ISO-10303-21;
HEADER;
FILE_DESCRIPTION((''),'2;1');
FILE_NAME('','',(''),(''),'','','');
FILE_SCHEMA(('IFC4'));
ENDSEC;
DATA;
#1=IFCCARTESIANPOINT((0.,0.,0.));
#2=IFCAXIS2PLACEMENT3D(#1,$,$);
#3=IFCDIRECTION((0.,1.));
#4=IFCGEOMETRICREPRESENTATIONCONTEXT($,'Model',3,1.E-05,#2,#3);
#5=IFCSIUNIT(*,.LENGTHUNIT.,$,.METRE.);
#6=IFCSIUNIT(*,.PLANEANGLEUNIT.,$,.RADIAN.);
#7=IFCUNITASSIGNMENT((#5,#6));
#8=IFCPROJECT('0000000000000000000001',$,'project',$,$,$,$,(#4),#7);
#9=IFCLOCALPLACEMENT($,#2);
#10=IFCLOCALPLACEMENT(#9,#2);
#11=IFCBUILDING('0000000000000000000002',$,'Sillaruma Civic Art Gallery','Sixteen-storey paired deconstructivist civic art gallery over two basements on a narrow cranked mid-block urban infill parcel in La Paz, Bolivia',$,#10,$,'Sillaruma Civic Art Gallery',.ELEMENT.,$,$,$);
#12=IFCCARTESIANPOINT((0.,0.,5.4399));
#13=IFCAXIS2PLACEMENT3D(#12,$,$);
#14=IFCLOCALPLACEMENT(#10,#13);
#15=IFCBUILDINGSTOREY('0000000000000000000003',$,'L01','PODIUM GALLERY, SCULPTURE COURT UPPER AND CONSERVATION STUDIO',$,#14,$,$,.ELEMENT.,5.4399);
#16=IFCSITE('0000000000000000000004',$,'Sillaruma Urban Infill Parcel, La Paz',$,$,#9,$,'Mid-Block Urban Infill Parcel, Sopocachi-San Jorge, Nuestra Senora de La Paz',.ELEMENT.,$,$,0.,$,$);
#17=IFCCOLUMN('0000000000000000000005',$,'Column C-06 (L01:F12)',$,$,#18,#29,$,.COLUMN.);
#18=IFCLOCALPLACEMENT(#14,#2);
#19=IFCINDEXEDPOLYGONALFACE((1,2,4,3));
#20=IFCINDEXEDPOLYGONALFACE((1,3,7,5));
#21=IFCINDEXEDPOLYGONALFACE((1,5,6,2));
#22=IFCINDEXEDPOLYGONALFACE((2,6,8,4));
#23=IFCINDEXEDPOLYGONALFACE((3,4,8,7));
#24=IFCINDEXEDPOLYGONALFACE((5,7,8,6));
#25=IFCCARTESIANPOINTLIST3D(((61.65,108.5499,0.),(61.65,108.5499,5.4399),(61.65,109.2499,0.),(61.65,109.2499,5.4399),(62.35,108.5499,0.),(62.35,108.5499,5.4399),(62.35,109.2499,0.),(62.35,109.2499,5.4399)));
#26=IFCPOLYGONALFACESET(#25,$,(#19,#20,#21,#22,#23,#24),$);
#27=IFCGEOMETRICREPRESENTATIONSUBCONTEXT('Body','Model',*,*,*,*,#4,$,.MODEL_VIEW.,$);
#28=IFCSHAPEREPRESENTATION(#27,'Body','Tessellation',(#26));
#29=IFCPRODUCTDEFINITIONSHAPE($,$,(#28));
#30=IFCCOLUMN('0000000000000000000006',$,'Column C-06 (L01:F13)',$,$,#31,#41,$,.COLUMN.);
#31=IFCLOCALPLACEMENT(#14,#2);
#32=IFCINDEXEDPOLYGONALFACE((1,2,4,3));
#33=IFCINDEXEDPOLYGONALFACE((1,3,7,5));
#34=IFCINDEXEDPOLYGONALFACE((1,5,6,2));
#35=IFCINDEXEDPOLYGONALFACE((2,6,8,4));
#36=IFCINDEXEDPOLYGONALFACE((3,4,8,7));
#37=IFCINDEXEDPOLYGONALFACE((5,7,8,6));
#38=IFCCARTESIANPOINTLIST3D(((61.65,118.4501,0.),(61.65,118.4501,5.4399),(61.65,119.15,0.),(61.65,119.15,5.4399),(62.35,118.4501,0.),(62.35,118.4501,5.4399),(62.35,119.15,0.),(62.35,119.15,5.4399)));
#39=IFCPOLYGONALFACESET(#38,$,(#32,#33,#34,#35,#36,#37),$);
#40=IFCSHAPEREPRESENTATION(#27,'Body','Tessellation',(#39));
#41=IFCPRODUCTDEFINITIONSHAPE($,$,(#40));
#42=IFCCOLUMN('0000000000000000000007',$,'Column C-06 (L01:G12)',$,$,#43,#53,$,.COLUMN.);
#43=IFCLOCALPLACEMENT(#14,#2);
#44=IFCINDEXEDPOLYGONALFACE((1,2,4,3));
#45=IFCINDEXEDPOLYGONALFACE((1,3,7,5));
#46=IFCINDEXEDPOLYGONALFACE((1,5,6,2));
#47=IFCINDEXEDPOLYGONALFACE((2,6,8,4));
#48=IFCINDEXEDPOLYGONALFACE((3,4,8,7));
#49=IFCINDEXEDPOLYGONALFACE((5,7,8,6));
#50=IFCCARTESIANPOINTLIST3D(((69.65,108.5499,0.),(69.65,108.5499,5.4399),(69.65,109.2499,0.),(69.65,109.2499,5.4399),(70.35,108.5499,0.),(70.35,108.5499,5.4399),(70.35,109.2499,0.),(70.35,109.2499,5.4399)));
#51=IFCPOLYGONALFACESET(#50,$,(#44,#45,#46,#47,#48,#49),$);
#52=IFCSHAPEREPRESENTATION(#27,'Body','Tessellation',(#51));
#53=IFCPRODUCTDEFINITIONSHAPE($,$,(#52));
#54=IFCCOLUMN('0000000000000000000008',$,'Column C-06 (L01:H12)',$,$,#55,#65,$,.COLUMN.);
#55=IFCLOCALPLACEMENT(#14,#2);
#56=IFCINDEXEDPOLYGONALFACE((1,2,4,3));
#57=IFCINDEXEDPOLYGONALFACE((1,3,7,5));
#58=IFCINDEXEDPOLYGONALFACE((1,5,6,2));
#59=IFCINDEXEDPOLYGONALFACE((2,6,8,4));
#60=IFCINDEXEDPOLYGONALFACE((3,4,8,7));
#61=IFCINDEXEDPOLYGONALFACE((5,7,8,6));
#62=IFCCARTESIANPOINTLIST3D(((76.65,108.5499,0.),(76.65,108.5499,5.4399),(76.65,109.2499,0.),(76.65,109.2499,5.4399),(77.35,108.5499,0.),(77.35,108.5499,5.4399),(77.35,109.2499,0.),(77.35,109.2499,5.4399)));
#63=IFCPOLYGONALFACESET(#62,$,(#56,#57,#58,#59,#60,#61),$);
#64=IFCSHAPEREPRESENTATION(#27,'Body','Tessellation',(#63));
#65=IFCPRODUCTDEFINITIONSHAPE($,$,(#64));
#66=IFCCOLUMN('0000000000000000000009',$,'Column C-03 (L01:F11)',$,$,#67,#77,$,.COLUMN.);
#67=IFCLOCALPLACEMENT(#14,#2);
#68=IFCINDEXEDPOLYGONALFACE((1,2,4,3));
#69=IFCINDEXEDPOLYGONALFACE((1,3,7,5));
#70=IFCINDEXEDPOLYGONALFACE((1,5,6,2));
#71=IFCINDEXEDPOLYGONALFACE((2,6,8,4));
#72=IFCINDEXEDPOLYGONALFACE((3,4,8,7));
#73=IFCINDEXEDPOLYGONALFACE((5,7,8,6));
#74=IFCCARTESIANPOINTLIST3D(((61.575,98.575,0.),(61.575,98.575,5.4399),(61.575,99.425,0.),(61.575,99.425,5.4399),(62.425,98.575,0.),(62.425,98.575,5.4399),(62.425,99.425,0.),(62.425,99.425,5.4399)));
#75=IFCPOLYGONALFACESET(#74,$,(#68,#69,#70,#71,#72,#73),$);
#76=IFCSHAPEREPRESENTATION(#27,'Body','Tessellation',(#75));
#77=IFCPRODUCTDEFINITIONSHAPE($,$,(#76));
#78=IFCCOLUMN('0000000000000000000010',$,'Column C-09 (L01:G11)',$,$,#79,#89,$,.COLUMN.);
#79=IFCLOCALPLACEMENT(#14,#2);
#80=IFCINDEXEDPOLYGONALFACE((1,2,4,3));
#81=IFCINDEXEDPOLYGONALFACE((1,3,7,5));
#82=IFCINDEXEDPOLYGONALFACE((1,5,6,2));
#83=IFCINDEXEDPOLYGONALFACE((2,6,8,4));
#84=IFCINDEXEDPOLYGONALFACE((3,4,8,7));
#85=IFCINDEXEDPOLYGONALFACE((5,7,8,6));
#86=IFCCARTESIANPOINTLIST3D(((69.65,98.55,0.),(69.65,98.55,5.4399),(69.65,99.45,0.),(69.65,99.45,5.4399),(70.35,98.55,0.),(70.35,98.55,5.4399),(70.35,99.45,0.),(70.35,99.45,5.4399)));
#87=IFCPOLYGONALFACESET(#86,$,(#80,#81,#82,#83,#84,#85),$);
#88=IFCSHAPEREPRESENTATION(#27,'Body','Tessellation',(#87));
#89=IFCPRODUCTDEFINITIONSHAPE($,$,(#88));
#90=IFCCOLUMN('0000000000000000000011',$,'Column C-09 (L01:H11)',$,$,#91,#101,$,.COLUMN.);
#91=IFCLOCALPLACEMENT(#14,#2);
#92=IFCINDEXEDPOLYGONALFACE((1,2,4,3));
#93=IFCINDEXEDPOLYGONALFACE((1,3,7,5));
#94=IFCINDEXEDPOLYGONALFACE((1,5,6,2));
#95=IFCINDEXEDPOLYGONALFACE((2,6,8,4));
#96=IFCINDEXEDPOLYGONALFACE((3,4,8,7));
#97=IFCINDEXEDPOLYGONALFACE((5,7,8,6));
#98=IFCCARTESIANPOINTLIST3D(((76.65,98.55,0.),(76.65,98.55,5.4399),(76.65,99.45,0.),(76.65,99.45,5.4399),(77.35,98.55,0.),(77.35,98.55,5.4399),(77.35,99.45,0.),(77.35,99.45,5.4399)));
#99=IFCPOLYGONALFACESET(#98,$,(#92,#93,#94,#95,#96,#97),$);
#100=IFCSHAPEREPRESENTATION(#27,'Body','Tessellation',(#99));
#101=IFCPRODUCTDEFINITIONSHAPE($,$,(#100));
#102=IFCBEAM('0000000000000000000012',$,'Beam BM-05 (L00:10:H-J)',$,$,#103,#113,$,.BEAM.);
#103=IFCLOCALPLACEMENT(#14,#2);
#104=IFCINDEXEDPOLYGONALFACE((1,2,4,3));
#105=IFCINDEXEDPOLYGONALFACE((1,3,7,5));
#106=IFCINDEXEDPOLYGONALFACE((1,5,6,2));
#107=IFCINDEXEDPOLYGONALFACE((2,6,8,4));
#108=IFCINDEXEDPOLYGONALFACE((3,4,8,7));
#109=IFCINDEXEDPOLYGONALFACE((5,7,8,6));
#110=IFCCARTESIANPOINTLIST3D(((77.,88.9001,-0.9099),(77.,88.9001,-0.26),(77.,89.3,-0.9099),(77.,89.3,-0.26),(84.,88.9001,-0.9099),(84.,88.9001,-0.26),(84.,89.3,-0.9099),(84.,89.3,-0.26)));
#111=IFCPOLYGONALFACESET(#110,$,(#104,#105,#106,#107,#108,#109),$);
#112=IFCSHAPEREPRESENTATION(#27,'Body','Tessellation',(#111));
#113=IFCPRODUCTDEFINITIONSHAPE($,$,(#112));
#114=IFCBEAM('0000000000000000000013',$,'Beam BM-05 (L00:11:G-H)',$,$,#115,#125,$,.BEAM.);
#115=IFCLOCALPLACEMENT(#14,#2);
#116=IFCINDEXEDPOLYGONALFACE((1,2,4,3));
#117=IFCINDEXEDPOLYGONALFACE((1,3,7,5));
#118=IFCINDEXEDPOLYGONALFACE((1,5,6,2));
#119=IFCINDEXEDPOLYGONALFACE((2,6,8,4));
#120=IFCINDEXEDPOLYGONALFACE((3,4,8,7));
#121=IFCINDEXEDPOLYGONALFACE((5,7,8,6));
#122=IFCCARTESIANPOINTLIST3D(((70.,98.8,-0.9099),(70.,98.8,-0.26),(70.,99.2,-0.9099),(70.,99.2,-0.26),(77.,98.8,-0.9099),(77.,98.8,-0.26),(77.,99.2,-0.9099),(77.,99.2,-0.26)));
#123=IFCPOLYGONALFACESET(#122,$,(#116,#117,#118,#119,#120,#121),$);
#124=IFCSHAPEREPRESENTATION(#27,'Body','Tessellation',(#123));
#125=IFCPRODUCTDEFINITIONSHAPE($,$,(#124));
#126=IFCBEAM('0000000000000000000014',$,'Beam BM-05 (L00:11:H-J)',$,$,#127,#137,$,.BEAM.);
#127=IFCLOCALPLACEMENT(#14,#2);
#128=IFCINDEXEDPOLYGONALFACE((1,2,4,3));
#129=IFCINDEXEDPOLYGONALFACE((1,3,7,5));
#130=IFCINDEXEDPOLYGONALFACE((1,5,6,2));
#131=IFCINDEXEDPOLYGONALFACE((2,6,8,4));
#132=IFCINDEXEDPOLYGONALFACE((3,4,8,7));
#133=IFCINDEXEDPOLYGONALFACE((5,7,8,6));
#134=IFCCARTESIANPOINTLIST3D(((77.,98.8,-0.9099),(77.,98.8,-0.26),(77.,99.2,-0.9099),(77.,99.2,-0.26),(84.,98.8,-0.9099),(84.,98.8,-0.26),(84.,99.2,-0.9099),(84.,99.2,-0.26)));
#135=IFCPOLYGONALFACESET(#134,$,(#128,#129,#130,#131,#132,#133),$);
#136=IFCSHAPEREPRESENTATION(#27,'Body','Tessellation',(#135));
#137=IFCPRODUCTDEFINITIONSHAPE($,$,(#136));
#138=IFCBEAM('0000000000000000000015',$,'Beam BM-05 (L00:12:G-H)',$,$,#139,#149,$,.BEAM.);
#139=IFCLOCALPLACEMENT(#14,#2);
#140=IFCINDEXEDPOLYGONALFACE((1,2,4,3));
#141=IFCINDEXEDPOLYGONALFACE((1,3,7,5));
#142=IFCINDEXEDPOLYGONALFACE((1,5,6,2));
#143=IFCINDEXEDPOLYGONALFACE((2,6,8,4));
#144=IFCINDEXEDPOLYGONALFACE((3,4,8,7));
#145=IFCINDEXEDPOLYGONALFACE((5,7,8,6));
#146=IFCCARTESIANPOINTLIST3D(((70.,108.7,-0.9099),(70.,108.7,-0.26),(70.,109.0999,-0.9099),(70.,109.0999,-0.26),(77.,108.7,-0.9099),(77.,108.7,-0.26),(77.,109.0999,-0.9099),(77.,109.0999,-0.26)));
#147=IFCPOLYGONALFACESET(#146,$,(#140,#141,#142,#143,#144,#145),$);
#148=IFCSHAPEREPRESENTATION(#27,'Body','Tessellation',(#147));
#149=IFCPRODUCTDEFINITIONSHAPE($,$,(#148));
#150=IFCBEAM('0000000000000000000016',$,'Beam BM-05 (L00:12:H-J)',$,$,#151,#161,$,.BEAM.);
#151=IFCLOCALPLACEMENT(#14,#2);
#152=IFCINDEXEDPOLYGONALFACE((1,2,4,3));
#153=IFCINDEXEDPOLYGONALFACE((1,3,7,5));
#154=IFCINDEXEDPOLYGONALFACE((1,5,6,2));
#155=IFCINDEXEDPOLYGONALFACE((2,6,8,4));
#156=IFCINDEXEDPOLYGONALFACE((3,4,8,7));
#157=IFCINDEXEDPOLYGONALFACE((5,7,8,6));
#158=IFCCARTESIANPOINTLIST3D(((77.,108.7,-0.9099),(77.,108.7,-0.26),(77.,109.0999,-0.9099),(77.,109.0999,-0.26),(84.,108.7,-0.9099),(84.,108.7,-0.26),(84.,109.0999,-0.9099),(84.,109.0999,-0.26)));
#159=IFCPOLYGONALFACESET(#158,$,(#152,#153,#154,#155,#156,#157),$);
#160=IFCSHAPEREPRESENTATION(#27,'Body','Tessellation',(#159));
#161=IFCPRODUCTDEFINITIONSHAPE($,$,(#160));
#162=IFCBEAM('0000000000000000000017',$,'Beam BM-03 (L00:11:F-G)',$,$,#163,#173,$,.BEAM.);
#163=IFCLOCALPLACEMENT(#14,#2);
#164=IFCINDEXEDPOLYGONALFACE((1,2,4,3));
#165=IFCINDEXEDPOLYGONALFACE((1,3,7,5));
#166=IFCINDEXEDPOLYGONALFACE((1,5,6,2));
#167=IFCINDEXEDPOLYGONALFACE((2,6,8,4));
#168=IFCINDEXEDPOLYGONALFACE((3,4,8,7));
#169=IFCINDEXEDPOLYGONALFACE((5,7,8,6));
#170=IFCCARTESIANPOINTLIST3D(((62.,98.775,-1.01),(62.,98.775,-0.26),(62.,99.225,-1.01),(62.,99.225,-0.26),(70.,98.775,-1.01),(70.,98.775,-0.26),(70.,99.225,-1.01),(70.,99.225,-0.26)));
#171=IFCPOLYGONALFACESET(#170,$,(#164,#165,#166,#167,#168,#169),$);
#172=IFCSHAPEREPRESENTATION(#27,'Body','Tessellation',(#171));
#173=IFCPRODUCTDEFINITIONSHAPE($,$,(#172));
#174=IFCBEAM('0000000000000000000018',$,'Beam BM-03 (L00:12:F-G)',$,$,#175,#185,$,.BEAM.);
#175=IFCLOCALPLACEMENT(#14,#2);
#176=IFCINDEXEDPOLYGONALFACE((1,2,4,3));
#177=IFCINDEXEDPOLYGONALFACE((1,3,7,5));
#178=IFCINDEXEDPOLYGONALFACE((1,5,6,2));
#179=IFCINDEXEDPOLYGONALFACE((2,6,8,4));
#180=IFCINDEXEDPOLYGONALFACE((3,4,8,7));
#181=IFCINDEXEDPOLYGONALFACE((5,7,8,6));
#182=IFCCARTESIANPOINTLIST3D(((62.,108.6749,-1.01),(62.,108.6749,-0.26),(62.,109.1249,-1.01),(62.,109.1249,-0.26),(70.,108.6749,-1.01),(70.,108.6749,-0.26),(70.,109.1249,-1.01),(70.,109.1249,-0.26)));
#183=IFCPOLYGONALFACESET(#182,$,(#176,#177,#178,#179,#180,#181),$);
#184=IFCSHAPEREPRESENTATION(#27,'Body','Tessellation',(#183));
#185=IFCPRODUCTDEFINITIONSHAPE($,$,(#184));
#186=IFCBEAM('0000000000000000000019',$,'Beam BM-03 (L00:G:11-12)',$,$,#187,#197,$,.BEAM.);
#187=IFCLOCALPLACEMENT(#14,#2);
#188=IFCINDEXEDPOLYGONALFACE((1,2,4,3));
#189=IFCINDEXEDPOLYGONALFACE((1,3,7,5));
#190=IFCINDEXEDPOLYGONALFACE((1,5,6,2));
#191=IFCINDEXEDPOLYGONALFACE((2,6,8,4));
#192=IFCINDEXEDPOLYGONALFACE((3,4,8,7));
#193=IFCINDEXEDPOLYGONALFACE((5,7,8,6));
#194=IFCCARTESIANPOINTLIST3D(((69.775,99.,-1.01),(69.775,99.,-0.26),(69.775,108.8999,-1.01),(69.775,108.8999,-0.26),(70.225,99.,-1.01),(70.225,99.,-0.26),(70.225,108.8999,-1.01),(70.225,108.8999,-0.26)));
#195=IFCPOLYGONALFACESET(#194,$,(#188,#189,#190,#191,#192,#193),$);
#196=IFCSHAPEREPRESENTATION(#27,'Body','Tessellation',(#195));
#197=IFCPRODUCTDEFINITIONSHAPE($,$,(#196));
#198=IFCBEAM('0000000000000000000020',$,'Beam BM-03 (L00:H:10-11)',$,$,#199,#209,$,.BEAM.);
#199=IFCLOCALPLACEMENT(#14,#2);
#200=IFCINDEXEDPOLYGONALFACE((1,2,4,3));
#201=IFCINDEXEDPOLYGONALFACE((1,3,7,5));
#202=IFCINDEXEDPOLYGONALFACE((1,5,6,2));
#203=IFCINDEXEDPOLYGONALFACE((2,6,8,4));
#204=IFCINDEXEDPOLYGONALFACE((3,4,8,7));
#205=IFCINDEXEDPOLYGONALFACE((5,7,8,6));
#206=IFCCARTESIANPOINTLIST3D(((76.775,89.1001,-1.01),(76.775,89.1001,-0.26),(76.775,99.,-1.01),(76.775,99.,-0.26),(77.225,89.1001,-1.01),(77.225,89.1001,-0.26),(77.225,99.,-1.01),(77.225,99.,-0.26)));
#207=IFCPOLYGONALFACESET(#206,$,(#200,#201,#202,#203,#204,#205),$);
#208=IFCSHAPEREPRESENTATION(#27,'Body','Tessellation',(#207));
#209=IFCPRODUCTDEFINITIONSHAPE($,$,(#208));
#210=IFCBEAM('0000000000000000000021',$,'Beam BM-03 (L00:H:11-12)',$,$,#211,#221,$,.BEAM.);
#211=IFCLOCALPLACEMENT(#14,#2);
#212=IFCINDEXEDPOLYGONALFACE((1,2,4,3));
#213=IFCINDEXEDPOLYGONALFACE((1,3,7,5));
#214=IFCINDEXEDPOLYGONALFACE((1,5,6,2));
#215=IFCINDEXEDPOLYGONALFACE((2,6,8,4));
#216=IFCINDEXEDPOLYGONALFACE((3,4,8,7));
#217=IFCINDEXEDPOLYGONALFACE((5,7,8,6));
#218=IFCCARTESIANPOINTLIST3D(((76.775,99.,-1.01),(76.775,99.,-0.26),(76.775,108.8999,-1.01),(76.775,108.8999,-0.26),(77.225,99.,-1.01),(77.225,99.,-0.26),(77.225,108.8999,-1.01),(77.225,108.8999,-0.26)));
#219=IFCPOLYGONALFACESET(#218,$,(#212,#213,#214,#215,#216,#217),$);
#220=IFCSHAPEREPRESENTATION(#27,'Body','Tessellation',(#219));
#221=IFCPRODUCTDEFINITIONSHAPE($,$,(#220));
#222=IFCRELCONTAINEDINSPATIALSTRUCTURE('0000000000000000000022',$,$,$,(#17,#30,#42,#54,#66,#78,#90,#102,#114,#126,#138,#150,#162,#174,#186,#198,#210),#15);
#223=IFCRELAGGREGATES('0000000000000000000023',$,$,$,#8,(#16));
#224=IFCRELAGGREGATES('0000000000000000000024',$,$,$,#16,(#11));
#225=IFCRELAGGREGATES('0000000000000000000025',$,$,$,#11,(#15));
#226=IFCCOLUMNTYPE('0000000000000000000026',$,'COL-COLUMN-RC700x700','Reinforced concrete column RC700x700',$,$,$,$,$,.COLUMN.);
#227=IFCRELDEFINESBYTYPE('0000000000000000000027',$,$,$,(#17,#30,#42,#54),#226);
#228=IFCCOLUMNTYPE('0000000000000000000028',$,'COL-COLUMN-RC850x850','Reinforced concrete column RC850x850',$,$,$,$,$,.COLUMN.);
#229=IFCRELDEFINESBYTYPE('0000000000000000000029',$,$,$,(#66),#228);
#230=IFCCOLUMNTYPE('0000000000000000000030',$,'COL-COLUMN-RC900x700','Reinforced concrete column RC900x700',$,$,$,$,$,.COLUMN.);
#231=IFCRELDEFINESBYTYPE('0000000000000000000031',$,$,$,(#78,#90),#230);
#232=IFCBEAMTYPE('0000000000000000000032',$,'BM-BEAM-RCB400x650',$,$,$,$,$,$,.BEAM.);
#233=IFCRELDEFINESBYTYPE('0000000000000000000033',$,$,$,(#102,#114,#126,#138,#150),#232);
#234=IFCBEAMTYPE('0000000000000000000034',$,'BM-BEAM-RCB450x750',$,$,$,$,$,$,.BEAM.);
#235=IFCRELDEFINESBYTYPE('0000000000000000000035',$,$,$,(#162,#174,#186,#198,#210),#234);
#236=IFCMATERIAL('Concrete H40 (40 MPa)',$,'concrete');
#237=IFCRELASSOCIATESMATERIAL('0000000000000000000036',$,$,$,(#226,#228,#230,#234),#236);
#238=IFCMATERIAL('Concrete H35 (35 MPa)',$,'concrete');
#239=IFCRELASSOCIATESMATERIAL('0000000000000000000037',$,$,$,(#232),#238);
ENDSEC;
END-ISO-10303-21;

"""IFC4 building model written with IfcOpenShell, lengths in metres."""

from ifc_helpers import new_model, si_unit, direction, frame, origin, origin_2d, place, context, subcontext, project, spatial, rectangle, extrude, material, material_profile, profile_set, type_object, element, save


model = new_model("IFC4")

# Units and contexts
model_context = context("Model", 3, precision=1e-05, world=origin(), true_north=direction((0.0, 1.0)))
body_context = subcontext(model_context, "Body", "Model", "MODEL_VIEW")
ifc_project = project(units=[si_unit("LENGTHUNIT", "METRE"), si_unit("PLANEANGLEUNIT", "RADIAN")], contexts=[model_context])

# Site, building, storey
site_placement = place(None, origin())
site = spatial("IfcSite", under=ifc_project, at=site_placement, Name="Sillaruma Urban Infill Parcel, La Paz", LongName="Mid-Block Urban Infill Parcel, Sopocachi-San Jorge, Nuestra Senora de La Paz", CompositionType="ELEMENT", RefElevation=0.0)
building_placement = place(site_placement, origin())
building = spatial("IfcBuilding", under=site, at=building_placement, Name="Sillaruma Civic Art Gallery", Description="Sixteen-storey paired deconstructivist civic art gallery over two basements on a narrow cranked mid-block urban infill parcel in La Paz, Bolivia", LongName="Sillaruma Civic Art Gallery", CompositionType="ELEMENT")
storey_placement = place(building_placement, frame((0.0, 0.0, 5.4399)))
storey = spatial("IfcBuildingStorey", under=building, at=storey_placement, Name="L01", Description="PODIUM GALLERY, SCULPTURE COURT UPPER AND CONSERVATION STUDIO", CompositionType="ELEMENT", Elevation=5.4399)

# Columns
ifc_material_1 = material(Name="Concrete H40 (40 MPa)", Category="concrete")
ifc_material_profile_1 = material_profile(ifc_material_1, rectangle(XDim=0.7, YDim=0.7, at=origin_2d()), Name="RC700x700")
ifc_profile_set_1 = profile_set([ifc_material_profile_1], Name="Concrete H40 (40 MPa)")
column_type_1 = type_object("IfcColumnType", Name="COL-COLUMN-RC700x700", Description="Reinforced concrete column RC700x700", PredefinedType="COLUMN", material=ifc_profile_set_1)
for number, where, z_axis, x_axis, name in (
    (1, (62.0, 108.8999, 0.0), (0.0, 0.0, 1.0), (1.0, 0.0, 0.0), "Column C-06 (L01:F12)"),
    (2, (62.0, 118.8, 0.0), (0.0, 0.0, 1.0), (1.0, 0.0, 0.0), "Column C-06 (L01:F13)"),
    (3, (70.0, 108.8999, 0.0), (0.0, 0.0, 1.0), (1.0, 0.0, 0.0), "Column C-06 (L01:G12)"),
    (4, (77.0, 108.8999, 0.0), (0.0, 0.0, 1.0), (1.0, 0.0, 0.0), "Column C-06 (L01:H12)"),
):
    element("IfcColumn", number, at=place(storey_placement, frame(where, z_axis=z_axis, x_axis=x_axis)), inside=storey, type_object=column_type_1, Name=name, PredefinedType="COLUMN", context=body_context, shape_type="SweptSolid", body=[
        extrude(rectangle(XDim=0.7, YDim=0.7, at=origin_2d()), origin(), (0.0, 0.0, 1.0), 5.4399),
    ])
ifc_material_profile_2 = material_profile(ifc_material_1, rectangle(XDim=0.8501, YDim=0.8501, at=origin_2d()), Name="RC850x850")
ifc_profile_set_2 = profile_set([ifc_material_profile_2], Name="Concrete H40 (40 MPa)")
column_type_2 = type_object("IfcColumnType", Name="COL-COLUMN-RC850x850", Description="Reinforced concrete column RC850x850", PredefinedType="COLUMN", material=ifc_profile_set_2)
column_placement = place(storey_placement, frame((62.0, 99.0, 0.0), z_axis=(0.0, 0.0, 1.0), x_axis=(1.0, 0.0, 0.0)))
element("IfcColumn", 5, at=column_placement, inside=storey, type_object=column_type_2, Name="Column C-03 (L01:F11)", PredefinedType="COLUMN", context=body_context, shape_type="SweptSolid", body=[
    extrude(rectangle(XDim=0.8501, YDim=0.8501, at=origin_2d()), origin(), (0.0, 0.0, 1.0), 5.4399),
])
ifc_material_profile_3 = material_profile(ifc_material_1, rectangle(XDim=0.7, YDim=0.8999, at=origin_2d()), Name="RC900x700")
ifc_profile_set_3 = profile_set([ifc_material_profile_3], Name="Concrete H40 (40 MPa)")
column_type_3 = type_object("IfcColumnType", Name="COL-COLUMN-RC900x700", Description="Reinforced concrete column RC900x700", PredefinedType="COLUMN", material=ifc_profile_set_3)
for number, where, z_axis, x_axis, name in (
    (6, (70.0, 99.0, 0.0), (0.0, 0.0, 1.0), (1.0, 0.0, 0.0), "Column C-09 (L01:G11)"),
    (7, (77.0, 99.0, 0.0), (0.0, 0.0, 1.0), (1.0, 0.0, 0.0), "Column C-09 (L01:H11)"),
):
    element("IfcColumn", number, at=place(storey_placement, frame(where, z_axis=z_axis, x_axis=x_axis)), inside=storey, type_object=column_type_3, Name=name, PredefinedType="COLUMN", context=body_context, shape_type="SweptSolid", body=[
        extrude(rectangle(XDim=0.7, YDim=0.8999, at=origin_2d()), origin(), (0.0, 0.0, 1.0), 5.4399),
    ])

# Beams
ifc_material_2 = material(Name="Concrete H35 (35 MPa)", Category="concrete")
ifc_material_profile_4 = material_profile(ifc_material_2, rectangle(XDim=0.3999, YDim=0.6499, at=origin_2d()), Name="RCB400x650")
ifc_profile_set_4 = profile_set([ifc_material_profile_4], Name="Concrete H35 (35 MPa)")
beam_type_1 = type_object("IfcBeamType", Name="BM-BEAM-RCB400x650", PredefinedType="BEAM", material=ifc_profile_set_4)
for number, where, z_axis, x_axis, name in (
    (8, (77.0, 89.1001, -0.585), (1.0, 0.0, 0.0), (0.0, 1.0, 0.0), "Beam BM-05 (L00:10:H-J)"),
    (9, (70.0, 99.0, -0.585), (1.0, 0.0, 0.0), (0.0, 1.0, 0.0), "Beam BM-05 (L00:11:G-H)"),
    (10, (77.0, 99.0, -0.585), (1.0, 0.0, 0.0), (0.0, 1.0, 0.0), "Beam BM-05 (L00:11:H-J)"),
    (11, (70.0, 108.8999, -0.585), (1.0, 0.0, 0.0), (0.0, 1.0, 0.0), "Beam BM-05 (L00:12:G-H)"),
    (12, (77.0, 108.8999, -0.585), (1.0, 0.0, 0.0), (0.0, 1.0, 0.0), "Beam BM-05 (L00:12:H-J)"),
):
    element("IfcBeam", number, at=place(storey_placement, frame(where, z_axis=z_axis, x_axis=x_axis)), inside=storey, type_object=beam_type_1, Name=name, PredefinedType="BEAM", context=body_context, shape_type="SweptSolid", body=[
        extrude(rectangle(XDim=0.3999, YDim=0.6499, at=origin_2d()), origin(), (0.0, 0.0, 1.0), 7.0),
    ])
ifc_material_profile_5 = material_profile(ifc_material_1, rectangle(XDim=0.45, YDim=0.75, at=origin_2d()), Name="RCB450x750")
ifc_profile_set_5 = profile_set([ifc_material_profile_5], Name="Concrete H40 (40 MPa)")
beam_type_2 = type_object("IfcBeamType", Name="BM-BEAM-RCB450x750", PredefinedType="BEAM", material=ifc_profile_set_5)
for number, where, z_axis, x_axis, name in (
    (13, (62.0, 99.0, -0.635), (1.0, 0.0, 0.0), (0.0, 1.0, 0.0), "Beam BM-03 (L00:11:F-G)"),
    (14, (62.0, 108.8999, -0.635), (1.0, 0.0, 0.0), (0.0, 1.0, 0.0), "Beam BM-03 (L00:12:F-G)"),
):
    element("IfcBeam", number, at=place(storey_placement, frame(where, z_axis=z_axis, x_axis=x_axis)), inside=storey, type_object=beam_type_2, Name=name, PredefinedType="BEAM", context=body_context, shape_type="SweptSolid", body=[
        extrude(rectangle(XDim=0.45, YDim=0.75, at=origin_2d()), origin(), (0.0, 0.0, 1.0), 8.0),
    ])
for number, where, z_axis, x_axis, name in (
    (15, (70.0, 99.0, -0.635), (0.0, 1.0, 0.0), (-1.0, 0.0, 0.0), "Beam BM-03 (L00:G:11-12)"),
    (16, (77.0, 89.1001, -0.635), (0.0, 1.0, 0.0), (-1.0, 0.0, 0.0), "Beam BM-03 (L00:H:10-11)"),
    (17, (77.0, 99.0, -0.635), (0.0, 1.0, 0.0), (-1.0, 0.0, 0.0), "Beam BM-03 (L00:H:11-12)"),
):
    element("IfcBeam", number, at=place(storey_placement, frame(where, z_axis=z_axis, x_axis=x_axis)), inside=storey, type_object=beam_type_2, Name=name, PredefinedType="BEAM", context=body_context, shape_type="SweptSolid", body=[
        extrude(rectangle(XDim=0.45, YDim=0.75, at=origin_2d()), origin(), (0.0, 0.0, 1.0), 9.8999),
    ])

save(model, "model.ifc")
